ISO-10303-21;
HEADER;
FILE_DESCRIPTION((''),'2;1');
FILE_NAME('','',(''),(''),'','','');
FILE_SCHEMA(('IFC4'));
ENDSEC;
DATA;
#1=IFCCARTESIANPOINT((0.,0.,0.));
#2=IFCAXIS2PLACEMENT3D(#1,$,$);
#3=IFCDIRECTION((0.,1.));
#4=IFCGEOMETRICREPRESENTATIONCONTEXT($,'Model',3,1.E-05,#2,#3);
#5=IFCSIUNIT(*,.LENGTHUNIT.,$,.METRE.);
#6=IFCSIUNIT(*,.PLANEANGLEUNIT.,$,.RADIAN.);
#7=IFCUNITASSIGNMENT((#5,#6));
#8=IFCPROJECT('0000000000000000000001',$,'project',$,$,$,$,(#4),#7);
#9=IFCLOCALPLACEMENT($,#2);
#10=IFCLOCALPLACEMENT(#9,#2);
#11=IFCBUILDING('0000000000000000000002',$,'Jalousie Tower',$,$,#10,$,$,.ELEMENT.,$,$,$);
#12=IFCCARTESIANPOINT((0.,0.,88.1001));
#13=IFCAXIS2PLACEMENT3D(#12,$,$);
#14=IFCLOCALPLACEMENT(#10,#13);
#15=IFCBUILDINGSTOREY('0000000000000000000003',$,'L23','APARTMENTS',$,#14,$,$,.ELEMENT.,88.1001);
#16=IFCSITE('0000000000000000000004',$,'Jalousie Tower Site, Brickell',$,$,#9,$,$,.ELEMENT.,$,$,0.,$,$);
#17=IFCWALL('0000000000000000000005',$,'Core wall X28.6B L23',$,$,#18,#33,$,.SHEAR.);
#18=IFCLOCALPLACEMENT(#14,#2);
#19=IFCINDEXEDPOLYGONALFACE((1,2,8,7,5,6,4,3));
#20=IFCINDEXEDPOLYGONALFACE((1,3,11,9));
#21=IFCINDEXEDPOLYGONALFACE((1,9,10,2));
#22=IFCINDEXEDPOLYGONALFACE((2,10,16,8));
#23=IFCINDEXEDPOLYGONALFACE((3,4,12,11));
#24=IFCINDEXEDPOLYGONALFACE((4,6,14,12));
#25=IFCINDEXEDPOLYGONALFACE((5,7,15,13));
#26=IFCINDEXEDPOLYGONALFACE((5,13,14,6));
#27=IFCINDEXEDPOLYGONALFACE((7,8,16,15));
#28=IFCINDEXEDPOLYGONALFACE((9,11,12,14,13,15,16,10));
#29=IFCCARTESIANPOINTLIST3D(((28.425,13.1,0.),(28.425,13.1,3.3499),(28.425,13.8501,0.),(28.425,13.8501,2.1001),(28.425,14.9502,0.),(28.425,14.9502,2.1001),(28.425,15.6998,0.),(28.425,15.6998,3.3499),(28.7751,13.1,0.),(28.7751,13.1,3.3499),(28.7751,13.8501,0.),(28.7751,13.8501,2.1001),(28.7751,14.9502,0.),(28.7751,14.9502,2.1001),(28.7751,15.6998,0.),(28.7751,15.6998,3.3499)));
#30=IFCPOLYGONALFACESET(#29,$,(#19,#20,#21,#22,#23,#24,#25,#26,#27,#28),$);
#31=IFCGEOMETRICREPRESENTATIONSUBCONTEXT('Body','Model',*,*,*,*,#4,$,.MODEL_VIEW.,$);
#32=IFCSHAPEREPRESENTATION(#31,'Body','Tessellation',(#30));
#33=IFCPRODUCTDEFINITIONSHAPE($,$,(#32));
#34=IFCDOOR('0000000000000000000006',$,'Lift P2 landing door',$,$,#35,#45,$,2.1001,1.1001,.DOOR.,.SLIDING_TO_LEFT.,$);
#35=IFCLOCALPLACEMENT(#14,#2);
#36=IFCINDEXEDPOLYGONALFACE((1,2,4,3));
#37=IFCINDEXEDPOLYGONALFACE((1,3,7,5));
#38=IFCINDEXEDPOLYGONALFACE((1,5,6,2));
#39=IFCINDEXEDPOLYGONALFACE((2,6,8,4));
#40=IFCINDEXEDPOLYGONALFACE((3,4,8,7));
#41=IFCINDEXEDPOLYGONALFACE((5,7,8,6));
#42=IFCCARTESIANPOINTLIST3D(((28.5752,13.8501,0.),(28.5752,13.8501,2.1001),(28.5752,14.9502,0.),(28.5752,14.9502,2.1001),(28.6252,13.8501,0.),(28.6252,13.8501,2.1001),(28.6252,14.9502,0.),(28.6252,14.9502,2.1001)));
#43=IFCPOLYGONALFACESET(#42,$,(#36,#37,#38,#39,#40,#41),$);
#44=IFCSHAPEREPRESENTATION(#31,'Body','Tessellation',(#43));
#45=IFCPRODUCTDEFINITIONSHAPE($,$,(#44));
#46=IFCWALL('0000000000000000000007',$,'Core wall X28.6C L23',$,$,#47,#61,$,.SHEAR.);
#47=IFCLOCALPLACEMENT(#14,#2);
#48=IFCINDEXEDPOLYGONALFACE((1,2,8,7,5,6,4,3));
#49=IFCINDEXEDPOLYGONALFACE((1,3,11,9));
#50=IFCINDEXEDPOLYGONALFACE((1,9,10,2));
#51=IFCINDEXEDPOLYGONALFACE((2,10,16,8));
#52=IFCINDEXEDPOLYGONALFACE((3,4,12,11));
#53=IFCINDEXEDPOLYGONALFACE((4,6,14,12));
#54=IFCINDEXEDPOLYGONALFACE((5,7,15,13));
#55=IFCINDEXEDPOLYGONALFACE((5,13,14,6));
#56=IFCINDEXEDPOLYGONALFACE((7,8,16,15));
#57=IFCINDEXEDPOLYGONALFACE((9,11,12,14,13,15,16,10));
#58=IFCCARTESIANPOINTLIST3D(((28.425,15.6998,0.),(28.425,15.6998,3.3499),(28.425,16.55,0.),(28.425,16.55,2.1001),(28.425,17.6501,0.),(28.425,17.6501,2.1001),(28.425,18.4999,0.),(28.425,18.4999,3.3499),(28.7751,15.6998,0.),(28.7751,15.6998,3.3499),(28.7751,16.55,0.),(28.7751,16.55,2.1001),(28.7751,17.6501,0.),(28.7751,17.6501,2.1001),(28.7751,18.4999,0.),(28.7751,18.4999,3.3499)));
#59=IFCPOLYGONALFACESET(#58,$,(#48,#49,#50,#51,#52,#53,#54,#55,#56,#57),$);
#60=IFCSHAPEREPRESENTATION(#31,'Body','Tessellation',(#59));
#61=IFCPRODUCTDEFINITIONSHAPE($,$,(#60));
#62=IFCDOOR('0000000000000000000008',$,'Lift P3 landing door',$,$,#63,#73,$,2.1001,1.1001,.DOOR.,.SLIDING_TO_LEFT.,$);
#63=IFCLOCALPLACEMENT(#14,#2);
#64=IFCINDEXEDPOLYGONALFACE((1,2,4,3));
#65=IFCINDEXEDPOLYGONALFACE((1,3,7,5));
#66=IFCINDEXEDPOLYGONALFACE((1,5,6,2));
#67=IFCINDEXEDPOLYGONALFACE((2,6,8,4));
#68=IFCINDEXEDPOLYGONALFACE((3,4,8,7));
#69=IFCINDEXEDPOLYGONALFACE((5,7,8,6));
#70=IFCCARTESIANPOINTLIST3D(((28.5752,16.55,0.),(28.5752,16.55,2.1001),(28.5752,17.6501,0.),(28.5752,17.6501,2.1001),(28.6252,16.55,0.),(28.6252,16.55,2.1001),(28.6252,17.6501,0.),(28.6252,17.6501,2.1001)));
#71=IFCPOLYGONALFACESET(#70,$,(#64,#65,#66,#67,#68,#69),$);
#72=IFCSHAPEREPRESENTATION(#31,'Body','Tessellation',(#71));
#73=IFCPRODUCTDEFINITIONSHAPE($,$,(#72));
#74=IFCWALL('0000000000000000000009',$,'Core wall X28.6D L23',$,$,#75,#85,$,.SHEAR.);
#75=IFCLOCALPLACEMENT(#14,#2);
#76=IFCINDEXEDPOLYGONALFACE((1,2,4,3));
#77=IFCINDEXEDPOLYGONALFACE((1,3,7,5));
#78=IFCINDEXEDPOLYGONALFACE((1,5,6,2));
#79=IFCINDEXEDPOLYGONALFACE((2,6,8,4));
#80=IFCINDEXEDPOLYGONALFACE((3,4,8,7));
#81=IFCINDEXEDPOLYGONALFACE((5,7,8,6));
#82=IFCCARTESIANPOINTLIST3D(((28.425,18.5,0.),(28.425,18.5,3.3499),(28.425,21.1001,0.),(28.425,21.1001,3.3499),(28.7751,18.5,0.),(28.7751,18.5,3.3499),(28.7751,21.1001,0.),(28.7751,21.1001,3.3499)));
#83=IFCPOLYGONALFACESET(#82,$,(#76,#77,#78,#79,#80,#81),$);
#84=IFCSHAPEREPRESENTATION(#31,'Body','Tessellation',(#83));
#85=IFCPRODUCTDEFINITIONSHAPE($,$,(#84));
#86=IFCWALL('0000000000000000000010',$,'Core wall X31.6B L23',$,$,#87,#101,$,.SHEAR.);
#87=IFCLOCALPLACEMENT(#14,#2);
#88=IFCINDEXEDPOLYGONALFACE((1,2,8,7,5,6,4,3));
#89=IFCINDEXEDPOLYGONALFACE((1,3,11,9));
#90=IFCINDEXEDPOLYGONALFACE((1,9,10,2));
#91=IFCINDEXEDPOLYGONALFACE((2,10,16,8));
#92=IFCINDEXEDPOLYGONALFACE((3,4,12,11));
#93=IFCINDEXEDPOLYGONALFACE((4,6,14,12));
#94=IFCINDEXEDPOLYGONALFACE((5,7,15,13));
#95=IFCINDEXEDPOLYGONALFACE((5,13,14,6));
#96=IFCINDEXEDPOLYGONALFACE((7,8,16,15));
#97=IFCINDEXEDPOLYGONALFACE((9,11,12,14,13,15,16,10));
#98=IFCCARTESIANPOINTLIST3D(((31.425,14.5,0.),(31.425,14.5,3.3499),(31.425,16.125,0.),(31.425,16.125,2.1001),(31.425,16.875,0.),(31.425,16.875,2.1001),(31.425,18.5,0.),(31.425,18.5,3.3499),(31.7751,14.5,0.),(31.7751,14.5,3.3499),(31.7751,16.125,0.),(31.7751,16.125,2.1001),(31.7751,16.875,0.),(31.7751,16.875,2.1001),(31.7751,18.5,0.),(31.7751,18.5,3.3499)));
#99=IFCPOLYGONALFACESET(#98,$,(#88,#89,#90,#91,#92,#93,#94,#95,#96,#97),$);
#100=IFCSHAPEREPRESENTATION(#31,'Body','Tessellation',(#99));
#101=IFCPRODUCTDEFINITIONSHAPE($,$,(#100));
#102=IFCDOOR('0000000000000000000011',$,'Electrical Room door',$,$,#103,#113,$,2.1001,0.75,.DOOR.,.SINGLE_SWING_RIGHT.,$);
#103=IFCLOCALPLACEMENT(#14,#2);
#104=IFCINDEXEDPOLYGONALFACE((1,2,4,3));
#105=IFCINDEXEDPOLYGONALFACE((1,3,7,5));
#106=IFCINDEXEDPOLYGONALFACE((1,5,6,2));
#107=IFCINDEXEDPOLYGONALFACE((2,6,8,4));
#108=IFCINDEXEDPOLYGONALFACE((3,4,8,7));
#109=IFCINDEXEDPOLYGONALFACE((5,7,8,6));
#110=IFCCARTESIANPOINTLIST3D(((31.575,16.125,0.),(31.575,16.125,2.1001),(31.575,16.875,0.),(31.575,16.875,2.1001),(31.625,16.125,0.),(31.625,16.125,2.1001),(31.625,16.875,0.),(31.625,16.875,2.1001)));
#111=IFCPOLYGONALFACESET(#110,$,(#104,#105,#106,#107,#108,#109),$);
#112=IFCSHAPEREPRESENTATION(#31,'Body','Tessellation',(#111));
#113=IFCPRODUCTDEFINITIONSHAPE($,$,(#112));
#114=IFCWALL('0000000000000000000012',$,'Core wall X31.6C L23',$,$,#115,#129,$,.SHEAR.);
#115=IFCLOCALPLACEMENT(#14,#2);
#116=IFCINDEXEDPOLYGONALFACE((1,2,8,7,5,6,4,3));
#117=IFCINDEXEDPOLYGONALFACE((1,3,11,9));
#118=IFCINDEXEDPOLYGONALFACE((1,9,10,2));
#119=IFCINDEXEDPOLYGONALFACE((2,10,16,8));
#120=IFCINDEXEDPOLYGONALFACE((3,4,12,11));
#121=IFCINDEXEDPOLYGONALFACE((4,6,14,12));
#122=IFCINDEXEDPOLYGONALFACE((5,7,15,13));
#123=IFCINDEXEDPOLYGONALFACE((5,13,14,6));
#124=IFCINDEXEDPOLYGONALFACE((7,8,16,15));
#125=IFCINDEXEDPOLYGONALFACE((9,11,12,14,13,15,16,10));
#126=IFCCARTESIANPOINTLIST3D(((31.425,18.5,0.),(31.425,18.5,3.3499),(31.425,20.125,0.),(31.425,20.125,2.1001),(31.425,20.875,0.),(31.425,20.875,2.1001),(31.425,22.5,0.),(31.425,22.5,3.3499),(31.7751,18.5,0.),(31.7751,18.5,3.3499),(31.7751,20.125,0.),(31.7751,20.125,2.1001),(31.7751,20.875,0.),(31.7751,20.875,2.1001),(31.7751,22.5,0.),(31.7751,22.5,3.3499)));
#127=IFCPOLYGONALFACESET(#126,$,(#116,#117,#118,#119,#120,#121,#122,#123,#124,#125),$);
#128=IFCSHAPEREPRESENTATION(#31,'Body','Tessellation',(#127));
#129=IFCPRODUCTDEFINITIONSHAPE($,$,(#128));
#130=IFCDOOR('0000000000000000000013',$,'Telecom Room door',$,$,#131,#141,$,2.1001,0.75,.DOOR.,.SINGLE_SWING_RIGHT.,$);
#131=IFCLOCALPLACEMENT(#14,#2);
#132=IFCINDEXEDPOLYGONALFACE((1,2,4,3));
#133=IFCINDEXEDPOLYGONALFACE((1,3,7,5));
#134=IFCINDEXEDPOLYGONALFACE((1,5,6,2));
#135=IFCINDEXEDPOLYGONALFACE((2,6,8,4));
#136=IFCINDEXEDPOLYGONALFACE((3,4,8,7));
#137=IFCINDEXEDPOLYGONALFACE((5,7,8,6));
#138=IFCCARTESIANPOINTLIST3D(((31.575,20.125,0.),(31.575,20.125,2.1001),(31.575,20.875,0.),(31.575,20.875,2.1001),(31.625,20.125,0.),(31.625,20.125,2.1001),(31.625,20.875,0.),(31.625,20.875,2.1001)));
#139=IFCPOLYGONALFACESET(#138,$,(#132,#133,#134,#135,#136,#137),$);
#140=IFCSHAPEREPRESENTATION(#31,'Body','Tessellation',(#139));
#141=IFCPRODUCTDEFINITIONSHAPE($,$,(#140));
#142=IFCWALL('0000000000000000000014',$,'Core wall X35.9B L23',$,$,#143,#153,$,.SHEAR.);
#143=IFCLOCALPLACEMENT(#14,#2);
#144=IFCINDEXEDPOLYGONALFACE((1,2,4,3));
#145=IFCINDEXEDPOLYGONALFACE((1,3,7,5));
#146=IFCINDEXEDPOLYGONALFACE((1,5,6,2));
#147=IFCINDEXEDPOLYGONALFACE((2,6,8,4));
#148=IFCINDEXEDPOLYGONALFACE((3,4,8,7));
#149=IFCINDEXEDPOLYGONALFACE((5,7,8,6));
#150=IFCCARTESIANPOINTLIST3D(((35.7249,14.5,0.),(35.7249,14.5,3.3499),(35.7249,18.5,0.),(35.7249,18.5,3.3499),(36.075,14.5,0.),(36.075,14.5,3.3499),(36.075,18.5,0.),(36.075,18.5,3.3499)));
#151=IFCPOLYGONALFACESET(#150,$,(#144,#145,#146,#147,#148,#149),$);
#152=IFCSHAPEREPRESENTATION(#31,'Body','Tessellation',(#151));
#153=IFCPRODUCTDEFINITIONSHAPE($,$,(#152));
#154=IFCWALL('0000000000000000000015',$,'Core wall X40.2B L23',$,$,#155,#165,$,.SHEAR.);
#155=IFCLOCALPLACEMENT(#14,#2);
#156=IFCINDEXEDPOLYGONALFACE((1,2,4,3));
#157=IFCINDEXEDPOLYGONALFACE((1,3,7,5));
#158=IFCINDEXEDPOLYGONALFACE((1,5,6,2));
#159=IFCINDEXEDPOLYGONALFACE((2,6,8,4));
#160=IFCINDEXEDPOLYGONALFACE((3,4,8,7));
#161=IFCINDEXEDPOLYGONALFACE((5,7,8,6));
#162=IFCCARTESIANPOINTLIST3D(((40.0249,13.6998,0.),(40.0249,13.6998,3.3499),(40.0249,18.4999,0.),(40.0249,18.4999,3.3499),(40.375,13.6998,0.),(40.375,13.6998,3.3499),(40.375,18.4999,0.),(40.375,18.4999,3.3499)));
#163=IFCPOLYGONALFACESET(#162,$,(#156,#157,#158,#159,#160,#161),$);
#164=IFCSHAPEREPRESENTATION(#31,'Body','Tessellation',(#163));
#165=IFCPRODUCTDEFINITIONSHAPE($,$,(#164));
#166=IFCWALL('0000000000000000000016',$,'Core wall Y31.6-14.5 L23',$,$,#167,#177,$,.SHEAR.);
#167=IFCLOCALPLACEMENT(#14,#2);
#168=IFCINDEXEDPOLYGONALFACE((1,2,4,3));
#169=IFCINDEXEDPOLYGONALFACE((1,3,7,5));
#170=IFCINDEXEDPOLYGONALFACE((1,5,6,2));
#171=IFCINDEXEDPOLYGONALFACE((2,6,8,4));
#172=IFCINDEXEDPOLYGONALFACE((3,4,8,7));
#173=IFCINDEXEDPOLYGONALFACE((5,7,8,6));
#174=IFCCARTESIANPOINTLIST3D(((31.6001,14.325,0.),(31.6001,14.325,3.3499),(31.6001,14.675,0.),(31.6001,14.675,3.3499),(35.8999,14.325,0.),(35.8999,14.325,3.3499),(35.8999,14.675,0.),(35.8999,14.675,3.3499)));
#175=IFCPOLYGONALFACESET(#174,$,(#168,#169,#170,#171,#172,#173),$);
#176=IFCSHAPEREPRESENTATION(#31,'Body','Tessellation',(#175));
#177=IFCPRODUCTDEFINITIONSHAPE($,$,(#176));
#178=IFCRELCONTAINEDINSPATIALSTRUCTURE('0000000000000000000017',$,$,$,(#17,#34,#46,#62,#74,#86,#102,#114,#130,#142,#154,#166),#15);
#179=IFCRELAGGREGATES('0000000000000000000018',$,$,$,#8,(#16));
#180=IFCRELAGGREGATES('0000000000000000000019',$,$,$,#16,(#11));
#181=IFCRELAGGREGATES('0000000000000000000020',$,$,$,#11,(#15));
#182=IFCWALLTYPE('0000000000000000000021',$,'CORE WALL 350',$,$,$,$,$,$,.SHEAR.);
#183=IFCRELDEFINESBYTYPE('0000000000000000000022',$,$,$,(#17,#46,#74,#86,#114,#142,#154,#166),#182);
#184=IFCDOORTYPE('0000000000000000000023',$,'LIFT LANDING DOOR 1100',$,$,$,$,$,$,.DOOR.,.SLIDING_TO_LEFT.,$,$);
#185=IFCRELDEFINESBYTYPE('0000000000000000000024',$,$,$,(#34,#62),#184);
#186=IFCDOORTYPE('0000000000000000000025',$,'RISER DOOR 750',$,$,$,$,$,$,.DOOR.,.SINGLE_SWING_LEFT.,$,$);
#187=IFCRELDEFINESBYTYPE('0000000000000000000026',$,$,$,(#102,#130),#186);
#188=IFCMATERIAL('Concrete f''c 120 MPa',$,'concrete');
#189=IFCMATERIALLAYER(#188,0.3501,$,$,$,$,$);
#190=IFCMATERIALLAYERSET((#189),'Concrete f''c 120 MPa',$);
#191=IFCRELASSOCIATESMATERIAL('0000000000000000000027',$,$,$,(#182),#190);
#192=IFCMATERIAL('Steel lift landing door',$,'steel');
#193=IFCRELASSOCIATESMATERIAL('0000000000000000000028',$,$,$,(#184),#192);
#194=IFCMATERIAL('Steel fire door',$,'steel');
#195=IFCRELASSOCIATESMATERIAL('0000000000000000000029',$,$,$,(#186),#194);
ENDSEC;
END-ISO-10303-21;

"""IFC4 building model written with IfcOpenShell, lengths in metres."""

from ifc_helpers import new_model, si_unit, direction, frame, frame_2d, origin, place, context, subcontext, project, spatial, rectangle, extrude, material, layer, layer_set, type_object, element, fill, save


model = new_model("IFC4")

# Units and contexts
model_context = context("Model", 3, precision=1e-05, world=origin(), true_north=direction((0.0, 1.0)))
body_context = subcontext(model_context, "Body", "Model", "MODEL_VIEW")
ifc_project = project(units=[si_unit("LENGTHUNIT", "METRE"), si_unit("PLANEANGLEUNIT", "RADIAN")], contexts=[model_context])

# Site, building, storey
site_placement = place(None, origin())
site = spatial("IfcSite", under=ifc_project, at=site_placement, Name="Jalousie Tower Site, Brickell", CompositionType="ELEMENT", RefElevation=0.0)
building_placement = place(site_placement, origin())
building = spatial("IfcBuilding", under=site, at=building_placement, Name="Jalousie Tower", CompositionType="ELEMENT")
storey_placement = place(building_placement, frame((0.0, 0.0, 88.1001)))
storey = spatial("IfcBuildingStorey", under=building, at=storey_placement, Name="L23", Description="APARTMENTS", CompositionType="ELEMENT", Elevation=88.1001)

# Walls, openings, doors
ifc_material_1 = material(Name="Concrete f'c 120 MPa", Category="concrete")
ifc_layer = layer(ifc_material_1, 0.3501)
ifc_layer_set = layer_set([ifc_layer], Name="Concrete f'c 120 MPa")
wall_type = type_object("IfcWallType", Name="CORE WALL 350", PredefinedType="SHEAR", material=ifc_layer_set)
wall_1_placement = place(storey_placement, frame((28.6001, 13.1001, 0.0), z_axis=(0.0, 0.0, 1.0), x_axis=(0.0, 1.0, 0.0)))
wall_1 = element("IfcWall", 1, at=wall_1_placement, inside=storey, type_object=wall_type, Name="Core wall X28.6B L23", PredefinedType="SHEAR", context=body_context, shape_type="SweptSolid", body=[
    extrude(rectangle(XDim=2.5999, YDim=0.3501, at=frame_2d((1.2998, 0.0))), origin(), (0.0, 0.0, 1.0), 3.3499),
])
opening_1_placement = place(wall_1_placement, frame((0.75, 0.0, 0.0)))
opening_1 = element("IfcOpeningElement", 2, at=opening_1_placement, cuts=wall_1, PredefinedType="OPENING", context=body_context, shape_type="SweptSolid", body=[
    extrude(rectangle(XDim=1.1001, YDim=2.1001, at=frame_2d((0.55, 1.05))), frame((0.0, 0.1851, 0.0), z_axis=(0.0, -1.0, 0.0), x_axis=(1.0, 0.0, 0.0)), (0.0, 0.0, 1.0), 0.3701),
])
ifc_material_2 = material(Name="Steel lift landing door", Category="steel")
door_type_1 = type_object("IfcDoorType", Name="LIFT LANDING DOOR 1100", OperationType="SLIDING_TO_LEFT", PredefinedType="DOOR", material=ifc_material_2)
door_1_placement = place(opening_1_placement, origin())
door_1 = element("IfcDoor", 3, at=door_1_placement, inside=storey, type_object=door_type_1, Name="Lift P2 landing door", OperationType="SLIDING_TO_LEFT", OverallHeight=2.1001, OverallWidth=1.1001, PredefinedType="DOOR", context=body_context, shape_type="SweptSolid", body=[
    extrude(rectangle(XDim=1.1001, YDim=2.1001, at=frame_2d((0.55, 1.05))), frame((0.0, 0.0249, 0.0), z_axis=(0.0, -1.0, 0.0), x_axis=(1.0, 0.0, 0.0)), (0.0, 0.0, 1.0), 0.05),
])
fill(opening_1, door_1)
wall_2_placement = place(storey_placement, frame((28.6001, 15.7, 0.0), z_axis=(0.0, 0.0, 1.0), x_axis=(0.0, 1.0, 0.0)))
wall_2 = element("IfcWall", 4, at=wall_2_placement, inside=storey, type_object=wall_type, Name="Core wall X28.6C L23", PredefinedType="SHEAR", context=body_context, shape_type="SweptSolid", body=[
    extrude(rectangle(XDim=2.8, YDim=0.3501, at=frame_2d((1.3999, 0.0))), origin(), (0.0, 0.0, 1.0), 3.3499),
])
opening_2_placement = place(wall_2_placement, frame((0.8501, 0.0, 0.0)))
opening_2 = element("IfcOpeningElement", 5, at=opening_2_placement, cuts=wall_2, PredefinedType="OPENING", context=body_context, shape_type="SweptSolid", body=[
    extrude(rectangle(XDim=1.1001, YDim=2.1001, at=frame_2d((0.55, 1.05))), frame((0.0, 0.1851, 0.0), z_axis=(0.0, -1.0, 0.0), x_axis=(1.0, 0.0, 0.0)), (0.0, 0.0, 1.0), 0.3701),
])
door_2_placement = place(opening_2_placement, origin())
door_2 = element("IfcDoor", 6, at=door_2_placement, inside=storey, type_object=door_type_1, Name="Lift P3 landing door", OperationType="SLIDING_TO_LEFT", OverallHeight=2.1001, OverallWidth=1.1001, PredefinedType="DOOR", context=body_context, shape_type="SweptSolid", body=[
    extrude(rectangle(XDim=1.1001, YDim=2.1001, at=frame_2d((0.55, 1.05))), frame((0.0, 0.0249, 0.0), z_axis=(0.0, -1.0, 0.0), x_axis=(1.0, 0.0, 0.0)), (0.0, 0.0, 1.0), 0.05),
])
fill(opening_2, door_2)

# Wall
wall_3_placement = place(storey_placement, frame((28.6001, 18.5, 0.0), z_axis=(0.0, 0.0, 1.0), x_axis=(0.0, 1.0, 0.0)))
element("IfcWall", 7, at=wall_3_placement, inside=storey, type_object=wall_type, Name="Core wall X28.6D L23", PredefinedType="SHEAR", context=body_context, shape_type="SweptSolid", body=[
    extrude(rectangle(XDim=2.6001, YDim=0.3501, at=frame_2d((1.3, 0.0))), origin(), (0.0, 0.0, 1.0), 3.3499),
])

# Walls, openings, doors
wall_4_placement = place(storey_placement, frame((31.6001, 14.5, 0.0), z_axis=(0.0, 0.0, 1.0), x_axis=(0.0, 1.0, 0.0)))
wall_4 = element("IfcWall", 8, at=wall_4_placement, inside=storey, type_object=wall_type, Name="Core wall X31.6B L23", PredefinedType="SHEAR", context=body_context, shape_type="SweptSolid", body=[
    extrude(rectangle(XDim=4.0, YDim=0.3501, at=frame_2d((2.0, 0.0))), origin(), (0.0, 0.0, 1.0), 3.3499),
])
opening_3_placement = place(wall_4_placement, frame((1.625, 0.0, 0.0)))
opening_3 = element("IfcOpeningElement", 9, at=opening_3_placement, cuts=wall_4, PredefinedType="OPENING", context=body_context, shape_type="SweptSolid", body=[
    extrude(rectangle(XDim=0.75, YDim=2.1001, at=frame_2d((0.375, 1.05))), frame((0.0, 0.1851, 0.0), z_axis=(0.0, -1.0, 0.0), x_axis=(1.0, 0.0, 0.0)), (0.0, 0.0, 1.0), 0.3701),
])
ifc_material_3 = material(Name="Steel fire door", Category="steel")
door_type_2 = type_object("IfcDoorType", Name="RISER DOOR 750", OperationType="SINGLE_SWING_LEFT", PredefinedType="DOOR", material=ifc_material_3)
door_3_placement = place(opening_3_placement, frame((0.75, 0.0, 0.0), z_axis=(0.0, 0.0, 1.0), x_axis=(-1.0, 0.0, 0.0)))
door_3 = element("IfcDoor", 10, at=door_3_placement, inside=storey, type_object=door_type_2, Name="Electrical Room door", OperationType="SINGLE_SWING_RIGHT", OverallHeight=2.1001, OverallWidth=0.75, PredefinedType="DOOR", context=body_context, shape_type="SweptSolid", body=[
    extrude(rectangle(XDim=0.75, YDim=2.1001, at=frame_2d((0.375, 1.05))), frame((0.0, 0.0249, 0.0), z_axis=(0.0, -1.0, 0.0), x_axis=(1.0, 0.0, 0.0)), (0.0, 0.0, 1.0), 0.05),
])
fill(opening_3, door_3)
wall_5_placement = place(storey_placement, frame((31.6001, 18.5, 0.0), z_axis=(0.0, 0.0, 1.0), x_axis=(0.0, 1.0, 0.0)))
wall_5 = element("IfcWall", 11, at=wall_5_placement, inside=storey, type_object=wall_type, Name="Core wall X31.6C L23", PredefinedType="SHEAR", context=body_context, shape_type="SweptSolid", body=[
    extrude(rectangle(XDim=4.0, YDim=0.3501, at=frame_2d((2.0, 0.0))), origin(), (0.0, 0.0, 1.0), 3.3499),
])
opening_4_placement = place(wall_5_placement, frame((1.625, 0.0, 0.0)))
opening_4 = element("IfcOpeningElement", 12, at=opening_4_placement, cuts=wall_5, PredefinedType="OPENING", context=body_context, shape_type="SweptSolid", body=[
    extrude(rectangle(XDim=0.75, YDim=2.1001, at=frame_2d((0.375, 1.05))), frame((0.0, 0.1851, 0.0), z_axis=(0.0, -1.0, 0.0), x_axis=(1.0, 0.0, 0.0)), (0.0, 0.0, 1.0), 0.3701),
])
door_4_placement = place(opening_4_placement, frame((0.75, 0.0, 0.0), z_axis=(0.0, 0.0, 1.0), x_axis=(-1.0, 0.0, 0.0)))
door_4 = element("IfcDoor", 13, at=door_4_placement, inside=storey, type_object=door_type_2, Name="Telecom Room door", OperationType="SINGLE_SWING_RIGHT", OverallHeight=2.1001, OverallWidth=0.75, PredefinedType="DOOR", context=body_context, shape_type="SweptSolid", body=[
    extrude(rectangle(XDim=0.75, YDim=2.1001, at=frame_2d((0.375, 1.05))), frame((0.0, 0.0249, 0.0), z_axis=(0.0, -1.0, 0.0), x_axis=(1.0, 0.0, 0.0)), (0.0, 0.0, 1.0), 0.05),
])
fill(opening_4, door_4)

# Walls
wall_6_placement = place(storey_placement, frame((35.8999, 14.5, 0.0), z_axis=(0.0, 0.0, 1.0), x_axis=(0.0, 1.0, 0.0)))
element("IfcWall", 14, at=wall_6_placement, inside=storey, type_object=wall_type, Name="Core wall X35.9B L23", PredefinedType="SHEAR", context=body_context, shape_type="SweptSolid", body=[
    extrude(rectangle(XDim=4.0, YDim=0.3501, at=frame_2d((2.0, 0.0))), origin(), (0.0, 0.0, 1.0), 3.3499),
])
wall_7_placement = place(storey_placement, frame((40.2, 13.7, 0.0), z_axis=(0.0, 0.0, 1.0), x_axis=(0.0, 1.0, 0.0)))
element("IfcWall", 15, at=wall_7_placement, inside=storey, type_object=wall_type, Name="Core wall X40.2B L23", PredefinedType="SHEAR", context=body_context, shape_type="SweptSolid", body=[
    extrude(rectangle(XDim=4.8, YDim=0.3501, at=frame_2d((2.3999, 0.0))), origin(), (0.0, 0.0, 1.0), 3.3499),
])
wall_8_placement = place(storey_placement, frame((31.6001, 14.5, 0.0), z_axis=(0.0, 0.0, 1.0), x_axis=(1.0, 0.0, 0.0)))
element("IfcWall", 16, at=wall_8_placement, inside=storey, type_object=wall_type, Name="Core wall Y31.6-14.5 L23", PredefinedType="SHEAR", context=body_context, shape_type="SweptSolid", body=[
    extrude(rectangle(XDim=4.2998, YDim=0.3501, at=frame_2d((2.1499, 0.0))), origin(), (0.0, 0.0, 1.0), 3.3499),
])

save(model, "model.ifc")
